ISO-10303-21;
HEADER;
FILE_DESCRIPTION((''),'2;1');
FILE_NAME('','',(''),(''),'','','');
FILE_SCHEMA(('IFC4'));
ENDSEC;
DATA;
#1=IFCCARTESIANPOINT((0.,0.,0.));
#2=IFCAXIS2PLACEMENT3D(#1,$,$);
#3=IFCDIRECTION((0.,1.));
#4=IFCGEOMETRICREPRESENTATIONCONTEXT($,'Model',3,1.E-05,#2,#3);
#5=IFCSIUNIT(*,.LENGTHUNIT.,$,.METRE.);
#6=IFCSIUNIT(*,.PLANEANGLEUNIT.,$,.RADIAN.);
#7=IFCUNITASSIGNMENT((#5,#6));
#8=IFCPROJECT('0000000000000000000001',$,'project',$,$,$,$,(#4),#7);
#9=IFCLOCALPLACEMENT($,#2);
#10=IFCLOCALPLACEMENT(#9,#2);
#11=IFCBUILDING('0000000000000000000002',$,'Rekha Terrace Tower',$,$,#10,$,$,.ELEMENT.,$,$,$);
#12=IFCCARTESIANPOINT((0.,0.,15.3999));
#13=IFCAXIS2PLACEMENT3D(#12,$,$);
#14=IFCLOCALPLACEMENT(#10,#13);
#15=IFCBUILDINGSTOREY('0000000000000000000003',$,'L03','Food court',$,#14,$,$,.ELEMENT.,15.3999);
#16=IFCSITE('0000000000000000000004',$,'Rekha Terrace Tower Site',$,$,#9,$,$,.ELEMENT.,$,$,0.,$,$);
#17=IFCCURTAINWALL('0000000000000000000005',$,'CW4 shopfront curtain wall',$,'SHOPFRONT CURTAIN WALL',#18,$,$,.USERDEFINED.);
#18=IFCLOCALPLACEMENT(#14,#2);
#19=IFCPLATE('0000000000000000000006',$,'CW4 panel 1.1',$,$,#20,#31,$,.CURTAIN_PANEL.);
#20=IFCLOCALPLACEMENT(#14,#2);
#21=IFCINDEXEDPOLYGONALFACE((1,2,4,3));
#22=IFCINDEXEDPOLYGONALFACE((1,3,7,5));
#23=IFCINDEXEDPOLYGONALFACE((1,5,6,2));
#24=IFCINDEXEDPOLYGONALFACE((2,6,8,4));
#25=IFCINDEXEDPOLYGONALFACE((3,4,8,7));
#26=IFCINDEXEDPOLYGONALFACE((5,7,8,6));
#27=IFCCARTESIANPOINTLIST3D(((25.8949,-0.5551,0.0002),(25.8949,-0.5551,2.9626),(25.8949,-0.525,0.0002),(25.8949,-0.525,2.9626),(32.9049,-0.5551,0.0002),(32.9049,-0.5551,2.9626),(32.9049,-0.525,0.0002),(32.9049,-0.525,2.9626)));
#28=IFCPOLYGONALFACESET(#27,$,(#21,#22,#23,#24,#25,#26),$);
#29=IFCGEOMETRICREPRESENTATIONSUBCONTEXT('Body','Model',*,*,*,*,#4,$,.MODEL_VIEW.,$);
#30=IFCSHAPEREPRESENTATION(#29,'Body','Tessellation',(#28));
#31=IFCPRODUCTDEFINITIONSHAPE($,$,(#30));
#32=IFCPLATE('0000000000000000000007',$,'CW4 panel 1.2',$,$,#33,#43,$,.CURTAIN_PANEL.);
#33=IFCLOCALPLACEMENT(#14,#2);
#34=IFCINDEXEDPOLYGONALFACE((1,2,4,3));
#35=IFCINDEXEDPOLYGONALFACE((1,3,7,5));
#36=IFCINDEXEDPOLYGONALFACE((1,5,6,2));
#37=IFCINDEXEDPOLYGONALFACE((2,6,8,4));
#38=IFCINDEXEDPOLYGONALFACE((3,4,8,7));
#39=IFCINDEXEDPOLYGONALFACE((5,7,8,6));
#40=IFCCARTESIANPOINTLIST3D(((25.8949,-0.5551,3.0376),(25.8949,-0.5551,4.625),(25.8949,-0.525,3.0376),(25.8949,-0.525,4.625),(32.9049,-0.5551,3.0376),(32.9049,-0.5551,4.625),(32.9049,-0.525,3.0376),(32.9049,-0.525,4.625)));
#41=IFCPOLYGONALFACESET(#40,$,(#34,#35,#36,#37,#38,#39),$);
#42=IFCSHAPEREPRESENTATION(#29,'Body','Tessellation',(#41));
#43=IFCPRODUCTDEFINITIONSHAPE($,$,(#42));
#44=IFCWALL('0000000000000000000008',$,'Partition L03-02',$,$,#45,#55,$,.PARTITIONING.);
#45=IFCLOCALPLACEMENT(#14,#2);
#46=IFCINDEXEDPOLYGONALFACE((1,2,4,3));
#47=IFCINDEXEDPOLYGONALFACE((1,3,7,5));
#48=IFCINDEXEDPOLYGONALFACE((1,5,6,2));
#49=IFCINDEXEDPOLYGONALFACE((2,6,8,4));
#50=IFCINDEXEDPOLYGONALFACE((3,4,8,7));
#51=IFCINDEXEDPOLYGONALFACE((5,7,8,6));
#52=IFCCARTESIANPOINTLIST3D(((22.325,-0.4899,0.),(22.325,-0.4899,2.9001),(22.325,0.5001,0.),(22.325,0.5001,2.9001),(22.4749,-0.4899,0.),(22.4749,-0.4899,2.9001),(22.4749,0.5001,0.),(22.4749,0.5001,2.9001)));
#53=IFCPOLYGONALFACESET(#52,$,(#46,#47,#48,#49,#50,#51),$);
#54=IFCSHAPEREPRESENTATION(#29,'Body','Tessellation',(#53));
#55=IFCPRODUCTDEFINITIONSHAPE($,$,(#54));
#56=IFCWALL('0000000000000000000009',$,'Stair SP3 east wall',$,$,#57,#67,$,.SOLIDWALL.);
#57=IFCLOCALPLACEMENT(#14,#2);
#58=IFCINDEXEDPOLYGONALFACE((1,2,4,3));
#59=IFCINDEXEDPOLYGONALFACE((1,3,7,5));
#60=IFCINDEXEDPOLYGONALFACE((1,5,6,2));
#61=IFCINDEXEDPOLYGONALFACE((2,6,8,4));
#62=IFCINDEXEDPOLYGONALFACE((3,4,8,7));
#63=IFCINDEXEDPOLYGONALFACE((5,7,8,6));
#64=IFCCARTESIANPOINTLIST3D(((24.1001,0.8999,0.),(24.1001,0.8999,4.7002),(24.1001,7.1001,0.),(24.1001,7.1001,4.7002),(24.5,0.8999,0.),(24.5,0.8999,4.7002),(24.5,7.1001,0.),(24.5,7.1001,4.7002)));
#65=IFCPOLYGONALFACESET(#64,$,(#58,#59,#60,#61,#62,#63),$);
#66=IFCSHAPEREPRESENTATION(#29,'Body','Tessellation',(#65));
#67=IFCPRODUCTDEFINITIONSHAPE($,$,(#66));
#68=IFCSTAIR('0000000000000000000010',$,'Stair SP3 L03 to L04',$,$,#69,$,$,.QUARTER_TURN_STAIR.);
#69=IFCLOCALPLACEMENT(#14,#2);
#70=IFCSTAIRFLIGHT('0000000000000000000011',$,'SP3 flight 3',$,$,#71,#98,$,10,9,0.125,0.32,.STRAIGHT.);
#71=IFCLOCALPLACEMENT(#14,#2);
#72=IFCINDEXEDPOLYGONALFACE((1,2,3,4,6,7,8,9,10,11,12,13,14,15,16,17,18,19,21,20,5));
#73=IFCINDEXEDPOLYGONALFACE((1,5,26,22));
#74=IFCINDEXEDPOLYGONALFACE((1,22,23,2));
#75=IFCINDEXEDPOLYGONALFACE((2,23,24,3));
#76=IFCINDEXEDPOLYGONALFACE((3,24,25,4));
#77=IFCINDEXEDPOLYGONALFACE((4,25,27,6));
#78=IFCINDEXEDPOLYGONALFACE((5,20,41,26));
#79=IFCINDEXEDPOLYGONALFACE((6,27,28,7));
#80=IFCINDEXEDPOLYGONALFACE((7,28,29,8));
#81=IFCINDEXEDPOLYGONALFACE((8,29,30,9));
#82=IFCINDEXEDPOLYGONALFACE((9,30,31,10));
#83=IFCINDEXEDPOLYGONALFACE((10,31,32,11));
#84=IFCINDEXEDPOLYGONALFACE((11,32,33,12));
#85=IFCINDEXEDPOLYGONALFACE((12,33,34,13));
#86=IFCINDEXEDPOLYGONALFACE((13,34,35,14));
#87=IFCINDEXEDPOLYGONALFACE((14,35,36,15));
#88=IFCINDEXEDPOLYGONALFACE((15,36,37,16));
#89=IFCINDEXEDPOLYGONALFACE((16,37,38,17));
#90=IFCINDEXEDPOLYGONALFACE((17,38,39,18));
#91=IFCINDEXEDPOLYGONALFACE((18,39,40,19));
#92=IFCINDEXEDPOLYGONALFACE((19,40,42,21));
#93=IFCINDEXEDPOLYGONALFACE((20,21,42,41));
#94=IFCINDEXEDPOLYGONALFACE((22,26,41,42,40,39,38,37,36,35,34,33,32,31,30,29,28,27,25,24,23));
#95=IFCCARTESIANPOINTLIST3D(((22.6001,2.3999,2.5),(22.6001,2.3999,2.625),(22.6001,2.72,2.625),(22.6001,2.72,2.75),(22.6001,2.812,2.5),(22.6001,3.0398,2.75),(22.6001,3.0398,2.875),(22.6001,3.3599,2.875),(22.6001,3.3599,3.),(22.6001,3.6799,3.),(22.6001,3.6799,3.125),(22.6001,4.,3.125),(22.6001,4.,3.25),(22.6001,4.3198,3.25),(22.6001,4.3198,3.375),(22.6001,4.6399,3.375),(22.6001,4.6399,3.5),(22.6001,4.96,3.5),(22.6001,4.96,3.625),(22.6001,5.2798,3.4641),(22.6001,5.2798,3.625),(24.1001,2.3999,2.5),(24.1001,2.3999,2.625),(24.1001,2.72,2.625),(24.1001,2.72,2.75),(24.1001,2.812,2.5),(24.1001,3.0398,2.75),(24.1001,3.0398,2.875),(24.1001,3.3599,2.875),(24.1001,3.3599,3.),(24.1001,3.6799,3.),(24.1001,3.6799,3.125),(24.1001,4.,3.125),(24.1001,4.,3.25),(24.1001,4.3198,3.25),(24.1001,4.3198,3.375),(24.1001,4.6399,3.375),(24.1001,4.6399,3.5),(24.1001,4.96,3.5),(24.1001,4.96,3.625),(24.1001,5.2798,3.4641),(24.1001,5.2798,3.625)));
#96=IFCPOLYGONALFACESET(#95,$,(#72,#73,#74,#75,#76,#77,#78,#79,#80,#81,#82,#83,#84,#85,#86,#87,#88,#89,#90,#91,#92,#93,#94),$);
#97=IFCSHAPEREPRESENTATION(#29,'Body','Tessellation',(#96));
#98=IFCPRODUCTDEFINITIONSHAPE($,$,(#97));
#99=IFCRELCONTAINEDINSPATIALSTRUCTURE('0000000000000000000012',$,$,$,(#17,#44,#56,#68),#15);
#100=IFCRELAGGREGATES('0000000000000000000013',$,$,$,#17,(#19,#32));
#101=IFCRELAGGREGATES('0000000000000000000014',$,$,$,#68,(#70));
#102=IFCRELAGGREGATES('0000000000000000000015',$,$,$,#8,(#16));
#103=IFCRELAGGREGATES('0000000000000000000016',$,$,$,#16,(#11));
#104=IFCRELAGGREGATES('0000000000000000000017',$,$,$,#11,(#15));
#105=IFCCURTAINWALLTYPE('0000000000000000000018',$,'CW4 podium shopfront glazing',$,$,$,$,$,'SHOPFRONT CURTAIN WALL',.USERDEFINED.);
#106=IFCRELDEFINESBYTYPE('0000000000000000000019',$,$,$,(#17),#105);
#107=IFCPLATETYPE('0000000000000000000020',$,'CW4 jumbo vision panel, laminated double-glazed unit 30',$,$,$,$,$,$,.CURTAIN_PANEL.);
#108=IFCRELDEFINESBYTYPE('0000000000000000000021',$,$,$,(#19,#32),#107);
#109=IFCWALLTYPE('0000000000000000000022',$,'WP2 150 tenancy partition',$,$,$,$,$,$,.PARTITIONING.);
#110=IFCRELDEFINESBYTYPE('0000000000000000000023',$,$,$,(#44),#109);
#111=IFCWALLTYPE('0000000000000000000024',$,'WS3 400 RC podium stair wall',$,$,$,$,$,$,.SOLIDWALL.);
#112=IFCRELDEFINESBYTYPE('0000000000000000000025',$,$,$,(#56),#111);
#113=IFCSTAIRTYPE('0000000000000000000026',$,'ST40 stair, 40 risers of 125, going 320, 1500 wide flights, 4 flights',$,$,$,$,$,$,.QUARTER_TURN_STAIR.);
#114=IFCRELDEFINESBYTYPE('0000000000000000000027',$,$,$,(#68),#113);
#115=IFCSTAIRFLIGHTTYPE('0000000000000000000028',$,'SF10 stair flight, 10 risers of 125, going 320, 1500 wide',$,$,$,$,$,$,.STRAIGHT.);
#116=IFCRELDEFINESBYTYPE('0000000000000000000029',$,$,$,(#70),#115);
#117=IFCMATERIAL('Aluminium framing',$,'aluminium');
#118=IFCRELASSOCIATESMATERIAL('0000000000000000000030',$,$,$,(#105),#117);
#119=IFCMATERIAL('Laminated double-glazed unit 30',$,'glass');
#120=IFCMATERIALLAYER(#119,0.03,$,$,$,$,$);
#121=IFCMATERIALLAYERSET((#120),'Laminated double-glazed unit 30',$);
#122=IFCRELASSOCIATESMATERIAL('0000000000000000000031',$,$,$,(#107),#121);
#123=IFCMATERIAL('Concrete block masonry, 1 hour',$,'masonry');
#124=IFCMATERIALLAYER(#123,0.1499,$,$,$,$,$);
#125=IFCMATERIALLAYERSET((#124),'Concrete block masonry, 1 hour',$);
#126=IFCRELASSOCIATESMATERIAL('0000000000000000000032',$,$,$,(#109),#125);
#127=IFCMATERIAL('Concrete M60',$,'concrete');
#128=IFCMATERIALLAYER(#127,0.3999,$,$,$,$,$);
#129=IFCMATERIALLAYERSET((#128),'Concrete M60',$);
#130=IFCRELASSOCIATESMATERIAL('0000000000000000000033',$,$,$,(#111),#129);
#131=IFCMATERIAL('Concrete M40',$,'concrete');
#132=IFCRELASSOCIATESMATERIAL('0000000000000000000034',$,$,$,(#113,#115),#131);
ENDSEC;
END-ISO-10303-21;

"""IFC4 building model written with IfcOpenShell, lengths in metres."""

from ifc_helpers import new_model, si_unit, direction, frame, frame_2d, origin, origin_2d, place, context, subcontext, project, spatial, polyline, rectangle, outline, extrude, material, layer, layer_set, type_object, element, aggregate, save


model = new_model("IFC4")

# Units and contexts
model_context = context("Model", 3, precision=1e-05, world=origin(), true_north=direction((0.0, 1.0)))
body_context = subcontext(model_context, "Body", "Model", "MODEL_VIEW")
ifc_project = project(units=[si_unit("LENGTHUNIT", "METRE"), si_unit("PLANEANGLEUNIT", "RADIAN")], contexts=[model_context])

# Site, building, storey
site_placement = place(None, origin())
site = spatial("IfcSite", under=ifc_project, at=site_placement, Name="Rekha Terrace Tower Site", CompositionType="ELEMENT", RefElevation=0.0)
building_placement = place(site_placement, origin())
building = spatial("IfcBuilding", under=site, at=building_placement, Name="Rekha Terrace Tower", CompositionType="ELEMENT")
storey_placement = place(building_placement, frame((0.0, 0.0, 15.3999)))
storey = spatial("IfcBuildingStorey", under=building, at=storey_placement, Name="L03", Description="Food court", CompositionType="ELEMENT", Elevation=15.3999)

# Shared definitions
ifc_material_1 = material(Name="Concrete M60", Category="concrete")

# Shared definitions
ifc_material_2 = material(Name="Aluminium framing", Category="aluminium")
curtain_wall_type = type_object("IfcCurtainWallType", Name="CW4 podium shopfront glazing", ElementType="SHOPFRONT CURTAIN WALL", PredefinedType="USERDEFINED", material=ifc_material_2)

# Curtain wall
curtain_wall_1_placement = place(storey_placement, origin())
curtain_wall_1 = element("IfcCurtainWall", 1, at=curtain_wall_1_placement, inside=storey, type_object=curtain_wall_type, Name="CW4 shopfront curtain wall", ObjectType="SHOPFRONT CURTAIN WALL", PredefinedType="USERDEFINED")

# Plates
ifc_material_3 = material(Name="Laminated double-glazed unit 30", Category="glass")
ifc_layer_1 = layer(ifc_material_3, 0.03)
ifc_layer_set_1 = layer_set([ifc_layer_1], Name="Laminated double-glazed unit 30")
plate_type = type_object("IfcPlateType", Name="CW4 jumbo vision panel, laminated double-glazed unit 30", PredefinedType="CURTAIN_PANEL", material=ifc_layer_set_1)
plate_1_placement = place(storey_placement, frame((29.3999, -0.54, 0.0002), z_axis=(0.0, 0.0, 1.0), x_axis=(1.0, 0.0, 0.0)))
plate_1 = element("IfcPlate", 2, at=plate_1_placement, type_object=plate_type, Name="CW4 panel 1.1", PredefinedType="CURTAIN_PANEL", context=body_context, shape_type="SweptSolid", body=[
    extrude(rectangle(XDim=7.01, YDim=0.03, at=origin_2d()), origin(), (0.0, 0.0, 1.0), 2.9624),
])
plate_2_placement = place(storey_placement, frame((29.3999, -0.54, 3.0376), z_axis=(0.0, 0.0, 1.0), x_axis=(1.0, 0.0, 0.0)))
plate_2 = element("IfcPlate", 3, at=plate_2_placement, type_object=plate_type, Name="CW4 panel 1.2", PredefinedType="CURTAIN_PANEL", context=body_context, shape_type="SweptSolid", body=[
    extrude(rectangle(XDim=7.01, YDim=0.03, at=origin_2d()), origin(), (0.0, 0.0, 1.0), 1.5874),
])
aggregate(curtain_wall_1, [plate_1, plate_2])

# Walls
ifc_material_4 = material(Name="Concrete block masonry, 1 hour", Category="masonry")
ifc_layer_2 = layer(ifc_material_4, 0.1499)
ifc_layer_set_2 = layer_set([ifc_layer_2], Name="Concrete block masonry, 1 hour")
wall_type_1 = type_object("IfcWallType", Name="WP2 150 tenancy partition", PredefinedType="PARTITIONING", material=ifc_layer_set_2)
wall_1_placement = place(storey_placement, frame((22.3999, -0.49, 0.0), z_axis=(0.0, 0.0, 1.0), x_axis=(0.0, 1.0, 0.0)))
element("IfcWall", 4, at=wall_1_placement, inside=storey, type_object=wall_type_1, Name="Partition L03-02", PredefinedType="PARTITIONING", context=body_context, shape_type="SweptSolid", body=[
    extrude(rectangle(XDim=0.99, YDim=0.1499, at=frame_2d((0.4951, 0.0))), origin(), (0.0, 0.0, 1.0), 2.9001),
])
ifc_layer_3 = layer(ifc_material_1, 0.3999)
ifc_layer_set_3 = layer_set([ifc_layer_3], Name="Concrete M60")
wall_type_2 = type_object("IfcWallType", Name="WS3 400 RC podium stair wall", PredefinedType="SOLIDWALL", material=ifc_layer_set_3)
wall_2_placement = place(storey_placement, frame((24.3, 0.8999, 0.0), z_axis=(0.0, 0.0, 1.0), x_axis=(0.0, 1.0, 0.0)))
element("IfcWall", 5, at=wall_2_placement, inside=storey, type_object=wall_type_2, Name="Stair SP3 east wall", PredefinedType="SOLIDWALL", context=body_context, shape_type="SweptSolid", body=[
    extrude(rectangle(XDim=6.2002, YDim=0.3999, at=frame_2d((3.1001, 0.0))), origin(), (0.0, 0.0, 1.0), 4.7002),
])

# Stair, stair flight
ifc_material_5 = material(Name="Concrete M40", Category="concrete")
stair_type = type_object("IfcStairType", Name="ST40 stair, 40 risers of 125, going 320, 1500 wide flights, 4 flights", PredefinedType="QUARTER_TURN_STAIR", material=ifc_material_5)
stair_placement = place(storey_placement, origin())
stair = element("IfcStair", 6, at=stair_placement, inside=storey, type_object=stair_type, Name="Stair SP3 L03 to L04", PredefinedType="QUARTER_TURN_STAIR")
stair_flight_type = type_object("IfcStairFlightType", Name="SF10 stair flight, 10 risers of 125, going 320, 1500 wide", PredefinedType="STRAIGHT", material=ifc_material_5)
stair_flight_placement = place(storey_placement, frame((23.3501, 2.3999, 2.5), z_axis=(0.0, 0.0, 1.0), x_axis=(0.0, 1.0, 0.0)))
stair_flight = element("IfcStairFlight", 7, at=stair_flight_placement, type_object=stair_flight_type, Name="SP3 flight 3", NumberOfRisers=10, NumberOfTreads=9, PredefinedType="STRAIGHT", RiserHeight=0.125, TreadLength=0.32, context=body_context, shape_type="SweptSolid", body=[
    extrude(outline(polyline([(0.0, 0.0), (0.0, 0.125), (0.3201, 0.125), (0.3201, 0.25), (0.6399, 0.25), (0.6399, 0.375), (0.96, 0.375), (0.96, 0.5), (1.28, 0.5), (1.28, 0.625), (1.6001, 0.625), (1.6001, 0.75), (1.9199, 0.75), (1.9199, 0.875), (2.24, 0.875), (2.24, 1.0), (2.5601, 1.0), (2.5601, 1.125), (2.8799, 1.125), (2.8799, 1.25), (2.8799, 0.9641), (0.4121, 0.0), (0.0, 0.0)])), frame((0.0, 0.75, 0.0), z_axis=(0.0, -1.0, 0.0), x_axis=(1.0, 0.0, 0.0)), (0.0, 0.0, 1.0), 1.5),
])
aggregate(stair, [stair_flight])

save(model, "model.ifc")
